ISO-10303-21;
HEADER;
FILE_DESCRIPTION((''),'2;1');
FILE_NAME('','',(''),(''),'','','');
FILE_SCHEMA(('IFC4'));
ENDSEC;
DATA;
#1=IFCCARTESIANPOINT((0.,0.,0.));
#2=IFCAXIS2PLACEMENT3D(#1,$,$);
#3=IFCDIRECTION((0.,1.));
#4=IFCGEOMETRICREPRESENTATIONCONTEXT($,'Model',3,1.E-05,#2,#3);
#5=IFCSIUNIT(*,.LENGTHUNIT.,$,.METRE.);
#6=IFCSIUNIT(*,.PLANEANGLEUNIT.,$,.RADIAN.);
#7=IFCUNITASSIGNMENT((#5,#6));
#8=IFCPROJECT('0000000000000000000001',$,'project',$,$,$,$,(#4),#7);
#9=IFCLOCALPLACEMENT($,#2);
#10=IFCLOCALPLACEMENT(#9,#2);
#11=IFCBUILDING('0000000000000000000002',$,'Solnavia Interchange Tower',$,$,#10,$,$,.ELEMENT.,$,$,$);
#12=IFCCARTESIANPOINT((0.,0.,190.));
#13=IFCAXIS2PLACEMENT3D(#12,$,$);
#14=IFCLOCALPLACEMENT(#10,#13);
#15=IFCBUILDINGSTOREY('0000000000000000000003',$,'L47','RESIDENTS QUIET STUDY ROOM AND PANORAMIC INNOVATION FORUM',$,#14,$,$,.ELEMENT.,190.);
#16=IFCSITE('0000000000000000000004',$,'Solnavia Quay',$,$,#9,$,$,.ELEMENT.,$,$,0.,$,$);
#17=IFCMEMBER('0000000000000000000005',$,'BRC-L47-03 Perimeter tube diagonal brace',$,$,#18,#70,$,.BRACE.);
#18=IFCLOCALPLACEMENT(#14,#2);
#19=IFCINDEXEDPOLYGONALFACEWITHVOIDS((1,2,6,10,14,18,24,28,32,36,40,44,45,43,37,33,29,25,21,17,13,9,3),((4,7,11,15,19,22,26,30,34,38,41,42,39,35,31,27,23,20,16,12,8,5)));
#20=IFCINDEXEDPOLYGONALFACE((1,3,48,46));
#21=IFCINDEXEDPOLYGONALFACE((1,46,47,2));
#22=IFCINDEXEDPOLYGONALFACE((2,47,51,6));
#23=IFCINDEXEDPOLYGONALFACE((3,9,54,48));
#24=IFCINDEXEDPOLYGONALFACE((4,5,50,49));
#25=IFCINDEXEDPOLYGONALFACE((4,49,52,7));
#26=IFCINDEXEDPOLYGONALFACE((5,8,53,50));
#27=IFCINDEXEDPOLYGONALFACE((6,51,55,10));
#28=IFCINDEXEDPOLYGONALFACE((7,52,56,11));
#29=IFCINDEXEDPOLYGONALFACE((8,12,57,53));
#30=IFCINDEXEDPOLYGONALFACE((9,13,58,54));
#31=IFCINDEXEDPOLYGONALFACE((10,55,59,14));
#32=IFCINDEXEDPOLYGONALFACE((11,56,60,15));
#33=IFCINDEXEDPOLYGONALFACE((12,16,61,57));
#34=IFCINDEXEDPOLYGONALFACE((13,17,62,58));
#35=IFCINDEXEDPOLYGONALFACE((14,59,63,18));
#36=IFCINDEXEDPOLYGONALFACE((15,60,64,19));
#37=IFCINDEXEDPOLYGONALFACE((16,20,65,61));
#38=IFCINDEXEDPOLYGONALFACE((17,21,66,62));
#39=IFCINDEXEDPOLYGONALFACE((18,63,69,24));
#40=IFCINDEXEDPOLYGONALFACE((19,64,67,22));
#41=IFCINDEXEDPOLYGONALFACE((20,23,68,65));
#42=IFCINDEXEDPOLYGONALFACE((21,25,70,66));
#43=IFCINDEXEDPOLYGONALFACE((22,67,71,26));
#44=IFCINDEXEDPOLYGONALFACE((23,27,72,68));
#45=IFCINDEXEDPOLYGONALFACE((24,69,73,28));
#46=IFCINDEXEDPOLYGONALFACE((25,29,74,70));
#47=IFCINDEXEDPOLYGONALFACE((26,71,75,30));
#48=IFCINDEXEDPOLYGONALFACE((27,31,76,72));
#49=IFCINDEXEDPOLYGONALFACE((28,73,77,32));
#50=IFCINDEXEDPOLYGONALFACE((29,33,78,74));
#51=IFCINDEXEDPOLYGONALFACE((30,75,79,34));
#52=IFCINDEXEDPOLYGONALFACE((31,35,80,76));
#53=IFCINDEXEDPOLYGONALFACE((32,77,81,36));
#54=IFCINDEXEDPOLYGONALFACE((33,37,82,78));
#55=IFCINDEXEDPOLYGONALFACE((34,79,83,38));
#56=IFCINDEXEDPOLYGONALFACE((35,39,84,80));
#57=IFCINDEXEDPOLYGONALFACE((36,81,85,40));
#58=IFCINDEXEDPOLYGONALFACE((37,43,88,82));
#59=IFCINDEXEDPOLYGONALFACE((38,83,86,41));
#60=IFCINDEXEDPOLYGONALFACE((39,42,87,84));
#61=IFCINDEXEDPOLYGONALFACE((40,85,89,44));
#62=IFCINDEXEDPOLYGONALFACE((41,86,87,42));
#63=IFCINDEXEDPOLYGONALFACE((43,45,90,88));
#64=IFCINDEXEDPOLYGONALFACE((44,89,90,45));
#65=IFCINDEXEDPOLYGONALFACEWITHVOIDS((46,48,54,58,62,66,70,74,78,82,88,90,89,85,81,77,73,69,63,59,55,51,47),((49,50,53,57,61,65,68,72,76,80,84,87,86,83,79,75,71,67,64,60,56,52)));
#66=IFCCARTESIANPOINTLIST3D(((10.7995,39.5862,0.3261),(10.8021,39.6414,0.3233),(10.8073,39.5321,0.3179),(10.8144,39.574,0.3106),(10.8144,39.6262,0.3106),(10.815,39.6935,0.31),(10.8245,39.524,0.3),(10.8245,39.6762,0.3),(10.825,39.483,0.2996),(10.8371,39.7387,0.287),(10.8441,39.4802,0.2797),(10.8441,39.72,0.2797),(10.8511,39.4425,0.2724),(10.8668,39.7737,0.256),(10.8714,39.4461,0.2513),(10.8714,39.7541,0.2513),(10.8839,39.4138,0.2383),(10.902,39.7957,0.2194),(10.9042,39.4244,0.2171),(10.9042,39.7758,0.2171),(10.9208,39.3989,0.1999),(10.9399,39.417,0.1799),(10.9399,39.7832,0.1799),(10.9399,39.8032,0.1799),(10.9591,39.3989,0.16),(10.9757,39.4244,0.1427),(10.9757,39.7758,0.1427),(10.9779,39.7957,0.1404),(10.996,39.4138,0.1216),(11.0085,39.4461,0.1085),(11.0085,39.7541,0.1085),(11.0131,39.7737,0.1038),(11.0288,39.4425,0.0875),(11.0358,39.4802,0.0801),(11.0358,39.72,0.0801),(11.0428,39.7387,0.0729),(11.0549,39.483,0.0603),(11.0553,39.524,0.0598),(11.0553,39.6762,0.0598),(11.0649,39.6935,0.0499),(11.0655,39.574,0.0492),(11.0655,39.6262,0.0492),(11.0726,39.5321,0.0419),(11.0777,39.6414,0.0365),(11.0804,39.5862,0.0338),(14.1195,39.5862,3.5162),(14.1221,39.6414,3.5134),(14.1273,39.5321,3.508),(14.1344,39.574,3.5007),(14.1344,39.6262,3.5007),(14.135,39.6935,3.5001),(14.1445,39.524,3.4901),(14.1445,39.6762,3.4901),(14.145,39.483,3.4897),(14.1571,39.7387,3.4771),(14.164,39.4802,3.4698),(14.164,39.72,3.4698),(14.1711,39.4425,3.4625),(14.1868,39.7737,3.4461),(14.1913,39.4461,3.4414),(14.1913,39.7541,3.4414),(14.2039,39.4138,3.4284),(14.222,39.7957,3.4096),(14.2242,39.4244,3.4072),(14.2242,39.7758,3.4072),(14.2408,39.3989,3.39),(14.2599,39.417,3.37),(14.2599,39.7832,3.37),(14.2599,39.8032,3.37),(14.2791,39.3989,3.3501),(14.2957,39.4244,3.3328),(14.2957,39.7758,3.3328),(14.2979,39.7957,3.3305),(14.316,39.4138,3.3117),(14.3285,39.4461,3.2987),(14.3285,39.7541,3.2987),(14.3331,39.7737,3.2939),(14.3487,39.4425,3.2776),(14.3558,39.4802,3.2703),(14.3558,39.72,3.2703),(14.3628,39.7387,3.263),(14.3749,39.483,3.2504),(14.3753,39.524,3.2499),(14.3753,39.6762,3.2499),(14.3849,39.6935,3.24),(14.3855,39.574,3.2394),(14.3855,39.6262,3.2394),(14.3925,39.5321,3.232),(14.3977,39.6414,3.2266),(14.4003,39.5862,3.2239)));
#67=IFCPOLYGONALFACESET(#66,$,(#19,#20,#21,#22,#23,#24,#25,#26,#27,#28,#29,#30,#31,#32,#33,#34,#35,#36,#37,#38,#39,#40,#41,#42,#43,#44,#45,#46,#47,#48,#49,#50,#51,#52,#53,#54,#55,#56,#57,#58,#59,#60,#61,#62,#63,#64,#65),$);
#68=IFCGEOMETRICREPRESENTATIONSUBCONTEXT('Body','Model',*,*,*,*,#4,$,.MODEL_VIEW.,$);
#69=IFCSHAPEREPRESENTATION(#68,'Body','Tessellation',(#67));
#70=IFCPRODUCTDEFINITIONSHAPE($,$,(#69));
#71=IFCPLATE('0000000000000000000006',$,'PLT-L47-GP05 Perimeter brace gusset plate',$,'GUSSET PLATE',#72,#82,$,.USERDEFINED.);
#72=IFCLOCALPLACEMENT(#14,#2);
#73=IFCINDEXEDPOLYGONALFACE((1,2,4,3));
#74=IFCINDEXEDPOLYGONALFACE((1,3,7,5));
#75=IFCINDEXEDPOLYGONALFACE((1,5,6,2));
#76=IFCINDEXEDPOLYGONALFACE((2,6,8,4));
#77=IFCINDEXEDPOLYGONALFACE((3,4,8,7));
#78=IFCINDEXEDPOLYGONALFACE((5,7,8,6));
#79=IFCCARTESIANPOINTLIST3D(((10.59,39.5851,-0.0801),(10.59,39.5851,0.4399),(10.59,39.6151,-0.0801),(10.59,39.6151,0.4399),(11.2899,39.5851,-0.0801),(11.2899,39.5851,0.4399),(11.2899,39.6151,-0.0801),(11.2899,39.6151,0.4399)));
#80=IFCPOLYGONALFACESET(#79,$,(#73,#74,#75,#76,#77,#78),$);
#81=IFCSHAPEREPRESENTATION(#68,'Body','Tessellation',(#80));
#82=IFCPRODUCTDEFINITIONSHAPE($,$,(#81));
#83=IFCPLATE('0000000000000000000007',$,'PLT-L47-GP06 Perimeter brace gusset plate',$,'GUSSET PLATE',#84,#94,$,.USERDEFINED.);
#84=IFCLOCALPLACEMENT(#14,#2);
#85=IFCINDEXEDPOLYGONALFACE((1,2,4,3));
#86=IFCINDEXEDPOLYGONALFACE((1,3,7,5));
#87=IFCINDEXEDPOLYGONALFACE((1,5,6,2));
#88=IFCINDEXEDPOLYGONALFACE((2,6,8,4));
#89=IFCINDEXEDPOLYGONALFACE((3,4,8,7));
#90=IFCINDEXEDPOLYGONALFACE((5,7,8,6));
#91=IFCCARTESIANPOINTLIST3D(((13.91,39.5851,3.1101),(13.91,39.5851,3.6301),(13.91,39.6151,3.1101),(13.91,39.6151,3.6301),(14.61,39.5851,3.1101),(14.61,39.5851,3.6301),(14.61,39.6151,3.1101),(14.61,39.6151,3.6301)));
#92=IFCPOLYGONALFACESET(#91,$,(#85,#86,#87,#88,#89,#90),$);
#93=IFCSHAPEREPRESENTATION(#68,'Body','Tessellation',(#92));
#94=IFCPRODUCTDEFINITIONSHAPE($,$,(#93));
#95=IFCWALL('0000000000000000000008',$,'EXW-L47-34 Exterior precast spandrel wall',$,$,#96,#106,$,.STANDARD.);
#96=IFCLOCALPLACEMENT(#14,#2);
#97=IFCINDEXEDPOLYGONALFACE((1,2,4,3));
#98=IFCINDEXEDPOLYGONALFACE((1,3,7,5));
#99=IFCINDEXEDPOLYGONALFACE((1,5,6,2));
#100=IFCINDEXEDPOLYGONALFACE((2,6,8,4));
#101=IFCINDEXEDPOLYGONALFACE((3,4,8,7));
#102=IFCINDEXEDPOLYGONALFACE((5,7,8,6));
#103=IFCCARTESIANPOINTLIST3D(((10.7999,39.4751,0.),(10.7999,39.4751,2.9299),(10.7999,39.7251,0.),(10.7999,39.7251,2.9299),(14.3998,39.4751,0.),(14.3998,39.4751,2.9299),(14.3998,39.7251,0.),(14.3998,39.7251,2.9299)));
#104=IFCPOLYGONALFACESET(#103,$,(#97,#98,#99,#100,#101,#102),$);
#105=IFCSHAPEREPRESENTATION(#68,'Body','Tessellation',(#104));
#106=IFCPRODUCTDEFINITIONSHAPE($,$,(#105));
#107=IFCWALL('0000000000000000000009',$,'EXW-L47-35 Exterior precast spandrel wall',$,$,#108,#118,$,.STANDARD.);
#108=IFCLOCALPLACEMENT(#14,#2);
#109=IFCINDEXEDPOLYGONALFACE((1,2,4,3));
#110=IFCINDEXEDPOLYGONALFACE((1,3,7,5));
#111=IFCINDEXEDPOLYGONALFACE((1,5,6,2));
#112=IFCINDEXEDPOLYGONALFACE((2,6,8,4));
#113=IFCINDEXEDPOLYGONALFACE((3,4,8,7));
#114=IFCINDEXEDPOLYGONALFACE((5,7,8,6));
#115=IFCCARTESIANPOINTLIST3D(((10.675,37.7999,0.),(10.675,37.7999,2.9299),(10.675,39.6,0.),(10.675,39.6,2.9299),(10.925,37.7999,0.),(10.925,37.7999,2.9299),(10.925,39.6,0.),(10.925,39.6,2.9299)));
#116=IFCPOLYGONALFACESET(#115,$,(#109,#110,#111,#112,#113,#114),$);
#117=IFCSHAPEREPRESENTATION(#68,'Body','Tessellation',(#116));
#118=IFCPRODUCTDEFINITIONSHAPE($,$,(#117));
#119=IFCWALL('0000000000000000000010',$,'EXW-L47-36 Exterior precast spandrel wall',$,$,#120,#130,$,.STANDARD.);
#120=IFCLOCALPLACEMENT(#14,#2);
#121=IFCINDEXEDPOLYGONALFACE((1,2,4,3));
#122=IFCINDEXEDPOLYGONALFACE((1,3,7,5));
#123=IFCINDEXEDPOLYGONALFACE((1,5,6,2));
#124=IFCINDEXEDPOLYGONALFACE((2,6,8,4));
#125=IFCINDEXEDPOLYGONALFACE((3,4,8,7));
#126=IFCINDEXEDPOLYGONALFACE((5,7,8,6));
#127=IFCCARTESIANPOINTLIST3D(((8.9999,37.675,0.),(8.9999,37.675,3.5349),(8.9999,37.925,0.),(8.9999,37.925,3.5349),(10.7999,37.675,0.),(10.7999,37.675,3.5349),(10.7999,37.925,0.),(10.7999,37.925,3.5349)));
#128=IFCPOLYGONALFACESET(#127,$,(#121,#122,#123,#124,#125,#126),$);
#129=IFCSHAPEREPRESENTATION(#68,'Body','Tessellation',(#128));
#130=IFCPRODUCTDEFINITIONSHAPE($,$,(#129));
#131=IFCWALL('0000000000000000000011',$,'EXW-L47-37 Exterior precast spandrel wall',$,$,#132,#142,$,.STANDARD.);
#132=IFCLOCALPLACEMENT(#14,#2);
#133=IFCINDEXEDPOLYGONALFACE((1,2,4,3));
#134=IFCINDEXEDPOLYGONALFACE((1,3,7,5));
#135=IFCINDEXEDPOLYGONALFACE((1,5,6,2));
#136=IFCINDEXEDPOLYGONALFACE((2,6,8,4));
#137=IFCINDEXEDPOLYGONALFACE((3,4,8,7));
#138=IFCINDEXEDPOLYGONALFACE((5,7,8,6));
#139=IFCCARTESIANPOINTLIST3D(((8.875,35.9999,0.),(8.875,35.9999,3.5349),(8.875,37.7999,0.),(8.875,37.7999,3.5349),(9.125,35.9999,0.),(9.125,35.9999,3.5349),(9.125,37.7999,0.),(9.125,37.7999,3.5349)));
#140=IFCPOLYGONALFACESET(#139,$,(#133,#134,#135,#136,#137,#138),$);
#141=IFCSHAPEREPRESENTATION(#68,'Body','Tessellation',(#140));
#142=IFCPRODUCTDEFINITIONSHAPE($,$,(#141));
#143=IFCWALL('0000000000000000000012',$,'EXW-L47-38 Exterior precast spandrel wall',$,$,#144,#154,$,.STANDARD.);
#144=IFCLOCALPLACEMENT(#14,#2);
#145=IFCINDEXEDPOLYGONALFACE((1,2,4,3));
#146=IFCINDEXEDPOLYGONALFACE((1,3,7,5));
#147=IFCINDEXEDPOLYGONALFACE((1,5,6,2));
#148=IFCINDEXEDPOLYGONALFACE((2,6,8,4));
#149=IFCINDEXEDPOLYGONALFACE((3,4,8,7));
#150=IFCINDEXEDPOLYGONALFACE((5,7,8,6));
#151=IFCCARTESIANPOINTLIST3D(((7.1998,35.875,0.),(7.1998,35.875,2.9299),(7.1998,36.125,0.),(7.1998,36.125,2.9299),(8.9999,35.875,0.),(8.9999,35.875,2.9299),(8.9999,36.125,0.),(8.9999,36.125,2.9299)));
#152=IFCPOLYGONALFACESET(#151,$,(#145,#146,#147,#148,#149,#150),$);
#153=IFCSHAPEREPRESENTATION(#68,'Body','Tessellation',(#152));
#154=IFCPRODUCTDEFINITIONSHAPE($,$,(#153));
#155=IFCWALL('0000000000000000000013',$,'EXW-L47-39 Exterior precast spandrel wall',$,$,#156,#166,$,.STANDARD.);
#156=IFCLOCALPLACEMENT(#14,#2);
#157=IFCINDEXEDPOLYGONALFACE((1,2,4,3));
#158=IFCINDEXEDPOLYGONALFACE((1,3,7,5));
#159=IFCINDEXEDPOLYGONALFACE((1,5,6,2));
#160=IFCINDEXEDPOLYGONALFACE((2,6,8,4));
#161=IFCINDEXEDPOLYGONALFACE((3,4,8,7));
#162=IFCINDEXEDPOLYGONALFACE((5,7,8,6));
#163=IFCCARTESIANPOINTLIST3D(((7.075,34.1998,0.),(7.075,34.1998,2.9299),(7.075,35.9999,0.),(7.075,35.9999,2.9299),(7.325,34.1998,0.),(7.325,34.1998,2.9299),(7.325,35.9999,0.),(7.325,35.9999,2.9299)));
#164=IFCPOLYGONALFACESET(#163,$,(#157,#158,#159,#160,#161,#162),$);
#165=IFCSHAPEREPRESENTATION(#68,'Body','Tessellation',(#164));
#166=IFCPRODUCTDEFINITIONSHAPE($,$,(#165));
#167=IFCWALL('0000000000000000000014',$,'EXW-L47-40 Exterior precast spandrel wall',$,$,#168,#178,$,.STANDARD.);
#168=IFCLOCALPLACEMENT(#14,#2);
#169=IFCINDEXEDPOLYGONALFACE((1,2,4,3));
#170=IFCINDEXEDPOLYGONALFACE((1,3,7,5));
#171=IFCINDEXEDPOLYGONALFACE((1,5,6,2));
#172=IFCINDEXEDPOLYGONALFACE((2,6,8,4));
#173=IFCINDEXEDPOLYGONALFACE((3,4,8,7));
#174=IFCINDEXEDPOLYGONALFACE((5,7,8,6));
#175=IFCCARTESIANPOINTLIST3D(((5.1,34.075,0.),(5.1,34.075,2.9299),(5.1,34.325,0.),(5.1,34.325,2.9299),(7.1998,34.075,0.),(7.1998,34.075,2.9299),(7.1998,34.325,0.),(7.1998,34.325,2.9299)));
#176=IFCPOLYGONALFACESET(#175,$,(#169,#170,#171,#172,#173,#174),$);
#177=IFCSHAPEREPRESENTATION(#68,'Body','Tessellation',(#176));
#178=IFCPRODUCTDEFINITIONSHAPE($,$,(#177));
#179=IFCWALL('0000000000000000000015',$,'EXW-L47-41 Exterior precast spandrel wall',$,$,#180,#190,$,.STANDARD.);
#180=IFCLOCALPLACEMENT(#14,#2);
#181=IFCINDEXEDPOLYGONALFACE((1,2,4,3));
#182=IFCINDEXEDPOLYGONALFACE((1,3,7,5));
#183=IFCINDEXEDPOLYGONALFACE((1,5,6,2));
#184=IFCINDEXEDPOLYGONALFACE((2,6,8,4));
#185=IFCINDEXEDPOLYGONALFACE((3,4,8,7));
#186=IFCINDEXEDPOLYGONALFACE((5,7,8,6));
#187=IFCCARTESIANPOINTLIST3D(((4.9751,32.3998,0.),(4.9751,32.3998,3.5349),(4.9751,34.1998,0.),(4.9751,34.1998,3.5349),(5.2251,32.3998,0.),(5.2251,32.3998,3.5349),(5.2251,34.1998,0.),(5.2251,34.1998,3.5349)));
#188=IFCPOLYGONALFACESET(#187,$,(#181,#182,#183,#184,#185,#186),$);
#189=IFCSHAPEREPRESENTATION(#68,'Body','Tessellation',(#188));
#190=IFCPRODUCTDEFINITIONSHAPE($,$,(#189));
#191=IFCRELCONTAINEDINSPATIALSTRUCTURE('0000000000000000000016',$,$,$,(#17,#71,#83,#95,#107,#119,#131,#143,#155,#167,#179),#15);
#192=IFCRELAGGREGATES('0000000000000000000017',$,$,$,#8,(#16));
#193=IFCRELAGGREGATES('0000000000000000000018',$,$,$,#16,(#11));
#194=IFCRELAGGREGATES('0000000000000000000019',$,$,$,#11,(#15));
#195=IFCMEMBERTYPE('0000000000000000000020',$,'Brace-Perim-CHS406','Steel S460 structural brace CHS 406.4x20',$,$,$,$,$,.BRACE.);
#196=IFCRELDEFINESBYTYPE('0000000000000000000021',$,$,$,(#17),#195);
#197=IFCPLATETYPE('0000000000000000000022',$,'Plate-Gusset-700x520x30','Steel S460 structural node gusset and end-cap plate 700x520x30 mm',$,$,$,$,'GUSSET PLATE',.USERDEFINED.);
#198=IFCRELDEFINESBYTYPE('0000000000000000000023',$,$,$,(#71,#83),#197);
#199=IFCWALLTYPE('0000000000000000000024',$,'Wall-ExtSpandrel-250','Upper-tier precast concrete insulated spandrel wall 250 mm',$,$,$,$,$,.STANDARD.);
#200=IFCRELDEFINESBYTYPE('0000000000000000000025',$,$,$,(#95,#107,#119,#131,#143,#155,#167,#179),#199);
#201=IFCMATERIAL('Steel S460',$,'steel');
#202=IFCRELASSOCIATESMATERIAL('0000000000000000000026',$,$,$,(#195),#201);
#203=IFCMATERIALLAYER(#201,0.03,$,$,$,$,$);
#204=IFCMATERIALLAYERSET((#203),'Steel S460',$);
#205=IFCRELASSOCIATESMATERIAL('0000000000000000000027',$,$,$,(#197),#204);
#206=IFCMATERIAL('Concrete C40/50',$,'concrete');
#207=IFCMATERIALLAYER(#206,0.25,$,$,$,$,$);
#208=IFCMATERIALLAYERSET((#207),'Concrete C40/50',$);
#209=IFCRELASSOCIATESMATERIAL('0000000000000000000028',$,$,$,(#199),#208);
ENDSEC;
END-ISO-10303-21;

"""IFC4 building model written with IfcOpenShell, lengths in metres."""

from ifc_helpers import new_model, si_unit, direction, frame, frame_2d, origin, origin_2d, place, context, subcontext, project, spatial, rectangle, hollow_circle, extrude, material, layer, layer_set, material_profile, profile_set, type_object, element, save


model = new_model("IFC4")

# Units and contexts
model_context = context("Model", 3, precision=1e-05, world=origin(), true_north=direction((0.0, 1.0)))
body_context = subcontext(model_context, "Body", "Model", "MODEL_VIEW")
ifc_project = project(units=[si_unit("LENGTHUNIT", "METRE"), si_unit("PLANEANGLEUNIT", "RADIAN")], contexts=[model_context])

# Site, building, storey
site_placement = place(None, origin())
site = spatial("IfcSite", under=ifc_project, at=site_placement, Name="Solnavia Quay", CompositionType="ELEMENT", RefElevation=0.0)
building_placement = place(site_placement, origin())
building = spatial("IfcBuilding", under=site, at=building_placement, Name="Solnavia Interchange Tower", CompositionType="ELEMENT")
storey_placement = place(building_placement, frame((0.0, 0.0, 190.0)))
storey = spatial("IfcBuildingStorey", under=building, at=storey_placement, Name="L47", Description="RESIDENTS QUIET STUDY ROOM AND PANORAMIC INNOVATION FORUM", CompositionType="ELEMENT", Elevation=190.0)

# Shared definitions
ifc_material_1 = material(Name="Steel S460", Category="steel")

# Member
ifc_material_profile_1 = material_profile(ifc_material_1, hollow_circle(Radius=0.2031, WallThickness=0.02, at=origin_2d()), Name="CHS 406.4x20")
ifc_profile_set_1 = profile_set([ifc_material_profile_1], Name="Steel S460")
member_type = type_object("IfcMemberType", Name="Brace-Perim-CHS406", Description="Steel S460 structural brace CHS 406.4x20", PredefinedType="BRACE", material=ifc_profile_set_1)
member_placement = place(storey_placement, frame((10.9399, 39.6001, 0.1799), z_axis=(0.72107, 0.0, 0.692862), x_axis=(0.0, 1.0, 0.0)))
element("IfcMember", 1, at=member_placement, inside=storey, type_object=member_type, Name="BRC-L47-03 Perimeter tube diagonal brace", PredefinedType="BRACE", context=body_context, shape_type="SweptSolid", body=[
    extrude(hollow_circle(Radius=0.2031, WallThickness=0.02, at=origin_2d()), origin(), (0.0, 0.0, 1.0), 4.6042),
])

# Plates
ifc_layer_1 = layer(ifc_material_1, 0.03)
ifc_layer_set_1 = layer_set([ifc_layer_1], Name="Steel S460")
plate_type = type_object("IfcPlateType", Name="Plate-Gusset-700x520x30", Description="Steel S460 structural node gusset and end-cap plate 700x520x30 mm", ElementType="GUSSET PLATE", PredefinedType="USERDEFINED", material=ifc_layer_set_1)
for number, where, z_axis, x_axis, name in (
    (2, (10.9399, 39.6001, -0.0801), (0.0, 0.0, 1.0), (1.0, 0.0, 0.0), "PLT-L47-GP05 Perimeter brace gusset plate"),
    (3, (14.26, 39.6001, 3.1101), (0.0, 0.0, 1.0), (1.0, 0.0, 0.0), "PLT-L47-GP06 Perimeter brace gusset plate"),
):
    element("IfcPlate", number, at=place(storey_placement, frame(where, z_axis=z_axis, x_axis=x_axis)), inside=storey, type_object=plate_type, Name=name, ObjectType="GUSSET PLATE", PredefinedType="USERDEFINED", context=body_context, shape_type="SweptSolid", body=[
        extrude(rectangle(XDim=0.7, YDim=0.03, at=origin_2d()), origin(), (0.0, 0.0, 1.0), 0.52),
    ])

# Walls
ifc_material_2 = material(Name="Concrete C40/50", Category="concrete")
ifc_layer_2 = layer(ifc_material_2, 0.25)
ifc_layer_set_2 = layer_set([ifc_layer_2], Name="Concrete C40/50")
wall_type_1 = type_object("IfcWallType", Name="Wall-ExtSpandrel-250", Description="Upper-tier precast concrete insulated spandrel wall 250 mm", PredefinedType="STANDARD", material=ifc_layer_set_2)
wall_1_placement = place(storey_placement, frame((10.8, 39.6001, 0.0), z_axis=(0.0, 0.0, 1.0), x_axis=(1.0, 0.0, 0.0)))
element("IfcWall", 4, at=wall_1_placement, inside=storey, type_object=wall_type_1, Name="EXW-L47-34 Exterior precast spandrel wall", PredefinedType="STANDARD", context=body_context, shape_type="SweptSolid", body=[
    extrude(rectangle(XDim=3.5999, YDim=0.25, at=frame_2d((1.7998, 0.0))), origin(), (0.0, 0.0, 1.0), 2.9299),
])
wall_2_placement = place(storey_placement, frame((10.8, 37.8, 0.0), z_axis=(0.0, 0.0, 1.0), x_axis=(0.0, 1.0, 0.0)))
element("IfcWall", 5, at=wall_2_placement, inside=storey, type_object=wall_type_1, Name="EXW-L47-35 Exterior precast spandrel wall", PredefinedType="STANDARD", context=body_context, shape_type="SweptSolid", body=[
    extrude(rectangle(XDim=1.8, YDim=0.25, at=frame_2d((0.8999, 0.0))), origin(), (0.0, 0.0, 1.0), 2.9299),
])
for number, where, z_axis, x_axis, name in (
    (6, (9.0, 37.8, 0.0), (0.0, 0.0, 1.0), (1.0, 0.0, 0.0), "EXW-L47-36 Exterior precast spandrel wall"),
    (7, (9.0, 36.0, 0.0), (0.0, 0.0, 1.0), (0.0, 1.0, 0.0), "EXW-L47-37 Exterior precast spandrel wall"),
):
    element("IfcWall", number, at=place(storey_placement, frame(where, z_axis=z_axis, x_axis=x_axis)), inside=storey, type_object=wall_type_1, Name=name, PredefinedType="STANDARD", context=body_context, shape_type="SweptSolid", body=[
        extrude(rectangle(XDim=1.8, YDim=0.25, at=frame_2d((0.8999, 0.0))), origin(), (0.0, 0.0, 1.0), 3.5349),
    ])
for number, where, z_axis, x_axis, name in (
    (8, (7.2, 36.0, 0.0), (0.0, 0.0, 1.0), (1.0, 0.0, 0.0), "EXW-L47-38 Exterior precast spandrel wall"),
    (9, (7.2, 34.2, 0.0), (0.0, 0.0, 1.0), (0.0, 1.0, 0.0), "EXW-L47-39 Exterior precast spandrel wall"),
):
    element("IfcWall", number, at=place(storey_placement, frame(where, z_axis=z_axis, x_axis=x_axis)), inside=storey, type_object=wall_type_1, Name=name, PredefinedType="STANDARD", context=body_context, shape_type="SweptSolid", body=[
        extrude(rectangle(XDim=1.8, YDim=0.25, at=frame_2d((0.8999, 0.0))), origin(), (0.0, 0.0, 1.0), 2.9299),
    ])
wall_3_placement = place(storey_placement, frame((5.1001, 34.2, 0.0), z_axis=(0.0, 0.0, 1.0), x_axis=(1.0, 0.0, 0.0)))
element("IfcWall", 10, at=wall_3_placement, inside=storey, type_object=wall_type_1, Name="EXW-L47-40 Exterior precast spandrel wall", PredefinedType="STANDARD", context=body_context, shape_type="SweptSolid", body=[
    extrude(rectangle(XDim=2.0999, YDim=0.25, at=frame_2d((1.0498, 0.0))), origin(), (0.0, 0.0, 1.0), 2.9299),
])
wall_4_placement = place(storey_placement, frame((5.1001, 32.3999, 0.0), z_axis=(0.0, 0.0, 1.0), x_axis=(0.0, 1.0, 0.0)))
element("IfcWall", 11, at=wall_4_placement, inside=storey, type_object=wall_type_1, Name="EXW-L47-41 Exterior precast spandrel wall", PredefinedType="STANDARD", context=body_context, shape_type="SweptSolid", body=[
    extrude(rectangle(XDim=1.8, YDim=0.25, at=frame_2d((0.8999, 0.0))), origin(), (0.0, 0.0, 1.0), 3.5349),
])

save(model, "model.ifc")
